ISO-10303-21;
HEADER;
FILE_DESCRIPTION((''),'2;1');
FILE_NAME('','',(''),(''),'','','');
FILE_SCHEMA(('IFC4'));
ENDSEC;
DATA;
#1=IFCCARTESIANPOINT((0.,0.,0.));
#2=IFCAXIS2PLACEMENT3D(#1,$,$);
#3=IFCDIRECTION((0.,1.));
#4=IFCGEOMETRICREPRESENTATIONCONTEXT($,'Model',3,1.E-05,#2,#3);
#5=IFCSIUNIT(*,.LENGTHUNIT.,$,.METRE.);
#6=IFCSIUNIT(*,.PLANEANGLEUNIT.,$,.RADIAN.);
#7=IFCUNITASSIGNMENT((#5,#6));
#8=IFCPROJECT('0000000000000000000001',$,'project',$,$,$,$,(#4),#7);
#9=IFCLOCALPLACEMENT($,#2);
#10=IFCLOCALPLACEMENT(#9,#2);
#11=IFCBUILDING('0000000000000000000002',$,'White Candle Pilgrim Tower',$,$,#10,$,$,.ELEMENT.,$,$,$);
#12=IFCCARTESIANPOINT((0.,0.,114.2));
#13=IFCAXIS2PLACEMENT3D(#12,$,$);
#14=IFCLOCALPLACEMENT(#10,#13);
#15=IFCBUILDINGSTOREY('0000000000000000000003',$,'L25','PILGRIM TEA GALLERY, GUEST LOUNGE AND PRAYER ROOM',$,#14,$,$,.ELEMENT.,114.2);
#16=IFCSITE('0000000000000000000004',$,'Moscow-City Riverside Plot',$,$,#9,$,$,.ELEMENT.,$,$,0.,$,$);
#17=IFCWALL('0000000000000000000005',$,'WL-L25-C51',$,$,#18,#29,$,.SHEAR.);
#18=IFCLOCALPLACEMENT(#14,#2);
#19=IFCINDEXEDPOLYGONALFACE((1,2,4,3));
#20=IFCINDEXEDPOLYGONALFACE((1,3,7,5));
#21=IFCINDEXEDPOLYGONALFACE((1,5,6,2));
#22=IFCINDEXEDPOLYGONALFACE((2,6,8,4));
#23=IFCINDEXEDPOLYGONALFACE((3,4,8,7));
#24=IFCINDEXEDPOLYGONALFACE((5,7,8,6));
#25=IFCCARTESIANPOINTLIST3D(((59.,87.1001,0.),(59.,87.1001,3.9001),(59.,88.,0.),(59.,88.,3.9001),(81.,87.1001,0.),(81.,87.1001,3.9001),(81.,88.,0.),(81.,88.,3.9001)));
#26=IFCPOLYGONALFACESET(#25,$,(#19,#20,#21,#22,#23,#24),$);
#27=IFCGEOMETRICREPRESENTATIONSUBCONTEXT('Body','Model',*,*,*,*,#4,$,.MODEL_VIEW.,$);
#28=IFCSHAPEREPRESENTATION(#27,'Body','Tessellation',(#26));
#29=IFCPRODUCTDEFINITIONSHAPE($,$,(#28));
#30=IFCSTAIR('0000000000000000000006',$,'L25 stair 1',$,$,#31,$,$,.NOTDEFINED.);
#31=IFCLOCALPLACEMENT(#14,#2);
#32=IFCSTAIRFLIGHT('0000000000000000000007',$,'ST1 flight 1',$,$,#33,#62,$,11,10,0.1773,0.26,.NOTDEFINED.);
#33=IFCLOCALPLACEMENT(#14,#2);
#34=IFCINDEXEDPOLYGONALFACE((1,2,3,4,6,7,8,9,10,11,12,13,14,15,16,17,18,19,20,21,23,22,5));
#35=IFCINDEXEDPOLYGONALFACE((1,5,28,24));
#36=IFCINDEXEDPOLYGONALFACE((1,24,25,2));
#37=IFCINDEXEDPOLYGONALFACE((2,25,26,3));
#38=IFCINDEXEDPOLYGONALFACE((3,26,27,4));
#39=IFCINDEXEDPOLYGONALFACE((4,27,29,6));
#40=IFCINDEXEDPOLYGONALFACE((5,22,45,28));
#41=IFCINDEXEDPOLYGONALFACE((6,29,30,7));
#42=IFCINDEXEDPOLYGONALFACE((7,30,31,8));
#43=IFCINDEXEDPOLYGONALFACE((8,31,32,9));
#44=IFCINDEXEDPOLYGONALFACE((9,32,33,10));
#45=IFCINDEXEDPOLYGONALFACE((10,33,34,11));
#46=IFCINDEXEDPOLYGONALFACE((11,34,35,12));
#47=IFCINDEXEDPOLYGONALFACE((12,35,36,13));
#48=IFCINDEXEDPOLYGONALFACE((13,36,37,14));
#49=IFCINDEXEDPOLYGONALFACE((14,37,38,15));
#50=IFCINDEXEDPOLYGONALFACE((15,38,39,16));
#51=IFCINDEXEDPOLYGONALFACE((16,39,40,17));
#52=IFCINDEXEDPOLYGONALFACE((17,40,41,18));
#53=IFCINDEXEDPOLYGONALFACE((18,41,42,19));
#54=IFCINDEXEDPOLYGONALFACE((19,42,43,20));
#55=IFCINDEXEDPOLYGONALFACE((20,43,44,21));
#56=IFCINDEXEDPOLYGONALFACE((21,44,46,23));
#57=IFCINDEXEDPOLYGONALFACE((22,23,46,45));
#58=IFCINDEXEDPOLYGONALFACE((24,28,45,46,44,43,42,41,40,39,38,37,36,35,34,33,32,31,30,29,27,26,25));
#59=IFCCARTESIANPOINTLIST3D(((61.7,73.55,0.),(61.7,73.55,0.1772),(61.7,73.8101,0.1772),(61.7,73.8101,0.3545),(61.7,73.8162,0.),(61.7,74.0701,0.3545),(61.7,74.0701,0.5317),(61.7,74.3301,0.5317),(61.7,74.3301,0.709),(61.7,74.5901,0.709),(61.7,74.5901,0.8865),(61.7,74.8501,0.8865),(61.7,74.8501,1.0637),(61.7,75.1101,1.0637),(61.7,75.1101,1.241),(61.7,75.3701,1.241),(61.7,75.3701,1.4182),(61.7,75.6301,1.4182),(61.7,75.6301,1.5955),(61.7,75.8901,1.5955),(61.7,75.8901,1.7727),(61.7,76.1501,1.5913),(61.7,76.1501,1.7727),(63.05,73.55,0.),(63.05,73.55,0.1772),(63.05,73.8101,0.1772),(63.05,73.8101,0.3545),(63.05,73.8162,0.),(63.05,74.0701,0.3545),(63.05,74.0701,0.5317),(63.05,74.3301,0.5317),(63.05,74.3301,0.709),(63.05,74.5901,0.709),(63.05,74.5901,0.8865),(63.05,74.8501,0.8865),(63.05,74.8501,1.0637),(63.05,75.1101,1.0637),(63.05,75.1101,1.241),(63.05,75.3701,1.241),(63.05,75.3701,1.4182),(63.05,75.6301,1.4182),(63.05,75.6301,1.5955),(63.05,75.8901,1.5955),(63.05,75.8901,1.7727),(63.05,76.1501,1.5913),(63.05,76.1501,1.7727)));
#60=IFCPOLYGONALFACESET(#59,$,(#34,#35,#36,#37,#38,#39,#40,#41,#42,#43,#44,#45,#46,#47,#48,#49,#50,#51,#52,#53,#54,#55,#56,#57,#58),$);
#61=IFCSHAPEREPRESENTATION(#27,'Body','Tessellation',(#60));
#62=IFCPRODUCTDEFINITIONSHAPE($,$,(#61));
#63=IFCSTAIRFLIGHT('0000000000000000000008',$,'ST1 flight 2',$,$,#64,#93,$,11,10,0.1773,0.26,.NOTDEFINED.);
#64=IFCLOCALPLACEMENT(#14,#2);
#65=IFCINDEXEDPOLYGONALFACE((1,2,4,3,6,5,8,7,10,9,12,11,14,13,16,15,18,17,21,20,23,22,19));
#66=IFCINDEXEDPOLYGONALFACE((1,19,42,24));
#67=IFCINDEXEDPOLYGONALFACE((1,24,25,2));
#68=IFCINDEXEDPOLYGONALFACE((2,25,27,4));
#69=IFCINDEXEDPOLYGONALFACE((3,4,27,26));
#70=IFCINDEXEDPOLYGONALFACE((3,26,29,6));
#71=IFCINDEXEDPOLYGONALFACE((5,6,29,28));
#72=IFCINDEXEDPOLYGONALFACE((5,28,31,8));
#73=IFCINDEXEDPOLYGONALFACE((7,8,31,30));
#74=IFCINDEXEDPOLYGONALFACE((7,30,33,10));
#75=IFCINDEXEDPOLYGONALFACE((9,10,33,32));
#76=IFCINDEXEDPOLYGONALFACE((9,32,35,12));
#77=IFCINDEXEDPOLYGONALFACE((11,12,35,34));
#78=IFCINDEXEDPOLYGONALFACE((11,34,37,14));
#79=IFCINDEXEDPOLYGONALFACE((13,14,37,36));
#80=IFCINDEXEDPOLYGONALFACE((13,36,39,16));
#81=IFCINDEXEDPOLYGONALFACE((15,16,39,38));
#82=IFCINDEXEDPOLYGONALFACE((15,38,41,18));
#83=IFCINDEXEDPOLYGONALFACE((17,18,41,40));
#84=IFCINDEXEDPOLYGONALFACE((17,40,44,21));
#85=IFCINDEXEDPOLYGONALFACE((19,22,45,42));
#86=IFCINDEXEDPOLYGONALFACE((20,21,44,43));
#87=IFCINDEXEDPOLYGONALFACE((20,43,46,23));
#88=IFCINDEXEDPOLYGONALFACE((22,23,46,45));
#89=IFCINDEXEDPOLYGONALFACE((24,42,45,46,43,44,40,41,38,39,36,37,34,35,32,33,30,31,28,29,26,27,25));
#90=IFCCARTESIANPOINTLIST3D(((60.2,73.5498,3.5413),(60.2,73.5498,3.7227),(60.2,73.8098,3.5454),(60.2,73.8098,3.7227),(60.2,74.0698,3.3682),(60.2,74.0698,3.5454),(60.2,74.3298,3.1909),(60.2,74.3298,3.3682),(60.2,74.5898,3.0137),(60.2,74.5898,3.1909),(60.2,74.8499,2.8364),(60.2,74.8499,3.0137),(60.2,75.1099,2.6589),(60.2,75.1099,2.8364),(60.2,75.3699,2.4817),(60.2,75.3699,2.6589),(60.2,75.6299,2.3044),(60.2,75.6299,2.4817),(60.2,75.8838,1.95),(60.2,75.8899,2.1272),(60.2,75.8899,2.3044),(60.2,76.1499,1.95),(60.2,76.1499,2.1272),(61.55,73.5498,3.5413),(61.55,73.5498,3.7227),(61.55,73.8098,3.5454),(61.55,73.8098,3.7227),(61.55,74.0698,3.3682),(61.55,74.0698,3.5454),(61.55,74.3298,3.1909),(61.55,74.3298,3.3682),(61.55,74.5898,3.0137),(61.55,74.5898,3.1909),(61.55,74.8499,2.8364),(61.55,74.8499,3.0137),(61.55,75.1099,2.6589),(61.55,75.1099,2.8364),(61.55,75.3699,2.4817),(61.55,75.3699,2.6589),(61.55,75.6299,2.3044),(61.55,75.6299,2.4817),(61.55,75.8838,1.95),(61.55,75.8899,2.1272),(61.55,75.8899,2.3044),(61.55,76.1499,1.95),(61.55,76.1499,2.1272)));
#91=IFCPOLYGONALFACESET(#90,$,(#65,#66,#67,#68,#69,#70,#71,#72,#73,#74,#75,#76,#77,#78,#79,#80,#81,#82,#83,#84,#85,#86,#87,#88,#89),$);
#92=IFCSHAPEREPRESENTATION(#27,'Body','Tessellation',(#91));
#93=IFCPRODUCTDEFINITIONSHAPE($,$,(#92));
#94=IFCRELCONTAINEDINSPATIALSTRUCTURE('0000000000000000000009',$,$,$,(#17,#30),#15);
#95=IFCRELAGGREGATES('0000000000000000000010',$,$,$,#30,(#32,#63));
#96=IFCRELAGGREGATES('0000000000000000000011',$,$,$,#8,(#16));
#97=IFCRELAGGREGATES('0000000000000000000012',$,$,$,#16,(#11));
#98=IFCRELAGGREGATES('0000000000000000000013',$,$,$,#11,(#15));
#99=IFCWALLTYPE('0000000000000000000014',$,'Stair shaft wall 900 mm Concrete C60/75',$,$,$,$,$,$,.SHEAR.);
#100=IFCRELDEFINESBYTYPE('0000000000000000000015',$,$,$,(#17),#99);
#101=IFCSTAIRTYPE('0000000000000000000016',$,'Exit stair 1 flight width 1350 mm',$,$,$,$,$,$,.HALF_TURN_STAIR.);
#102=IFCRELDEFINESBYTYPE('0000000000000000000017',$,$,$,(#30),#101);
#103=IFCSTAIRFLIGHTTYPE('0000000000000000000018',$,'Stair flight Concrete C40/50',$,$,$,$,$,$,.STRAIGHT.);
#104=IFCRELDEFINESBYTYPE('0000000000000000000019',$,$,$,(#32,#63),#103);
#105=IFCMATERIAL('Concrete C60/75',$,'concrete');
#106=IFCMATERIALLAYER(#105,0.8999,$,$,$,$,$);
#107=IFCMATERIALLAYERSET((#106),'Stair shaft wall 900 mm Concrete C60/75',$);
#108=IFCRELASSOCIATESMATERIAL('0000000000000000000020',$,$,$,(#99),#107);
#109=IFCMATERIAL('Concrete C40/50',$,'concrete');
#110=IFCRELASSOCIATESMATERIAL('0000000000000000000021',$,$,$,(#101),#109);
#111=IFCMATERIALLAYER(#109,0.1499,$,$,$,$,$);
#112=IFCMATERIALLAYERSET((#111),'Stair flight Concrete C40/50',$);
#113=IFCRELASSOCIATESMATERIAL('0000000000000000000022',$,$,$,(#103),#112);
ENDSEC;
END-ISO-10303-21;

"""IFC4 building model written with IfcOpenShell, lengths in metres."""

from ifc_helpers import new_model, si_unit, direction, frame, frame_2d, origin, place, context, subcontext, project, spatial, polyline, rectangle, outline, extrude, material, layer, layer_set, type_object, element, aggregate, save


model = new_model("IFC4")

# Units and contexts
model_context = context("Model", 3, precision=1e-05, world=origin(), true_north=direction((0.0, 1.0)))
body_context = subcontext(model_context, "Body", "Model", "MODEL_VIEW")
ifc_project = project(units=[si_unit("LENGTHUNIT", "METRE"), si_unit("PLANEANGLEUNIT", "RADIAN")], contexts=[model_context])

# Site, building, storey
site_placement = place(None, origin())
site = spatial("IfcSite", under=ifc_project, at=site_placement, Name="Moscow-City Riverside Plot", CompositionType="ELEMENT", RefElevation=0.0)
building_placement = place(site_placement, origin())
building = spatial("IfcBuilding", under=site, at=building_placement, Name="White Candle Pilgrim Tower", CompositionType="ELEMENT")
storey_placement = place(building_placement, frame((0.0, 0.0, 114.2)))
storey = spatial("IfcBuildingStorey", under=building, at=storey_placement, Name="L25", Description="PILGRIM TEA GALLERY, GUEST LOUNGE AND PRAYER ROOM", CompositionType="ELEMENT", Elevation=114.2)

# Shared definitions
ifc_material_1 = material(Name="Concrete C60/75", Category="concrete")

# Wall
ifc_layer_1 = layer(ifc_material_1, 0.8999)
ifc_layer_set_1 = layer_set([ifc_layer_1], Name="Stair shaft wall 900 mm Concrete C60/75")
wall_type_1 = type_object("IfcWallType", Name="Stair shaft wall 900 mm Concrete C60/75", PredefinedType="SHEAR", material=ifc_layer_set_1)
wall_1_placement = place(storey_placement, frame((59.0, 87.55, 0.0), z_axis=(0.0, 0.0, 1.0), x_axis=(1.0, 0.0, 0.0)))
element("IfcWall", 1, at=wall_1_placement, inside=storey, type_object=wall_type_1, Name="WL-L25-C51", PredefinedType="SHEAR", context=body_context, shape_type="SweptSolid", body=[
    extrude(rectangle(XDim=22.0, YDim=0.8999, at=frame_2d((11.0, 0.0))), origin(), (0.0, 0.0, 1.0), 3.9001),
])

# Stair, stair flights
ifc_material_2 = material(Name="Concrete C40/50", Category="concrete")
stair_type = type_object("IfcStairType", Name="Exit stair 1 flight width 1350 mm", PredefinedType="HALF_TURN_STAIR", material=ifc_material_2)
stair_placement = place(storey_placement, origin())
stair = element("IfcStair", 2, at=stair_placement, inside=storey, type_object=stair_type, Name="L25 stair 1", PredefinedType="NOTDEFINED")
ifc_layer_2 = layer(ifc_material_2, 0.1499)
ifc_layer_set_2 = layer_set([ifc_layer_2], Name="Stair flight Concrete C40/50")
stair_flight_type = type_object("IfcStairFlightType", Name="Stair flight Concrete C40/50", PredefinedType="STRAIGHT", material=ifc_layer_set_2)
stair_flight_1_placement = place(storey_placement, frame((62.375, 73.55, 0.0), z_axis=(0.0, 0.0, 1.0), x_axis=(0.0, 1.0, 0.0)))
stair_flight_1 = element("IfcStairFlight", 3, at=stair_flight_1_placement, type_object=stair_flight_type, Name="ST1 flight 1", NumberOfRisers=11, NumberOfTreads=10, PredefinedType="NOTDEFINED", RiserHeight=0.1773, TreadLength=0.26, context=body_context, shape_type="SweptSolid", body=[
    extrude(outline(polyline([(0.0, 0.0), (0.0, 0.1772), (0.26, 0.1772), (0.26, 0.3545), (0.52, 0.3545), (0.52, 0.5317), (0.78, 0.5317), (0.78, 0.709), (1.04, 0.709), (1.04, 0.8865), (1.3, 0.8865), (1.3, 1.0637), (1.5601, 1.0637), (1.5601, 1.241), (1.8201, 1.241), (1.8201, 1.4182), (2.0801, 1.4182), (2.0801, 1.5955), (2.3401, 1.5955), (2.3401, 1.7727), (2.6001, 1.7727), (2.6001, 1.95), (2.6001, 1.5913), (0.2661, 0.0), (0.0, 0.0)])), frame((0.0, 0.675, 0.0), z_axis=(0.0, -1.0, 0.0), x_axis=(1.0, 0.0, 0.0)), (0.0, 0.0, 1.0), 1.3501),
])
stair_flight_2_placement = place(storey_placement, frame((60.875, 76.1499, 1.95), z_axis=(0.0, 0.0, 1.0), x_axis=(0.0, -1.0, 0.0)))
stair_flight_2 = element("IfcStairFlight", 4, at=stair_flight_2_placement, type_object=stair_flight_type, Name="ST1 flight 2", NumberOfRisers=11, NumberOfTreads=10, PredefinedType="NOTDEFINED", RiserHeight=0.1773, TreadLength=0.26, context=body_context, shape_type="SweptSolid", body=[
    extrude(outline(polyline([(0.0, 0.0), (0.0, 0.1772), (0.26, 0.1772), (0.26, 0.3545), (0.52, 0.3545), (0.52, 0.5317), (0.78, 0.5317), (0.78, 0.709), (1.04, 0.709), (1.04, 0.8865), (1.3, 0.8865), (1.3, 1.0637), (1.5601, 1.0637), (1.5601, 1.241), (1.8201, 1.241), (1.8201, 1.4182), (2.0801, 1.4182), (2.0801, 1.5955), (2.3401, 1.5955), (2.3401, 1.7727), (2.6001, 1.7727), (2.6001, 1.95), (2.6001, 1.5913), (0.2661, 0.0), (0.0, 0.0)])), frame((0.0, 0.675, 0.0), z_axis=(0.0, -1.0, 0.0), x_axis=(1.0, 0.0, 0.0)), (0.0, 0.0, 1.0), 1.3501),
])
aggregate(stair, [stair_flight_1, stair_flight_2])

save(model, "model.ifc")
